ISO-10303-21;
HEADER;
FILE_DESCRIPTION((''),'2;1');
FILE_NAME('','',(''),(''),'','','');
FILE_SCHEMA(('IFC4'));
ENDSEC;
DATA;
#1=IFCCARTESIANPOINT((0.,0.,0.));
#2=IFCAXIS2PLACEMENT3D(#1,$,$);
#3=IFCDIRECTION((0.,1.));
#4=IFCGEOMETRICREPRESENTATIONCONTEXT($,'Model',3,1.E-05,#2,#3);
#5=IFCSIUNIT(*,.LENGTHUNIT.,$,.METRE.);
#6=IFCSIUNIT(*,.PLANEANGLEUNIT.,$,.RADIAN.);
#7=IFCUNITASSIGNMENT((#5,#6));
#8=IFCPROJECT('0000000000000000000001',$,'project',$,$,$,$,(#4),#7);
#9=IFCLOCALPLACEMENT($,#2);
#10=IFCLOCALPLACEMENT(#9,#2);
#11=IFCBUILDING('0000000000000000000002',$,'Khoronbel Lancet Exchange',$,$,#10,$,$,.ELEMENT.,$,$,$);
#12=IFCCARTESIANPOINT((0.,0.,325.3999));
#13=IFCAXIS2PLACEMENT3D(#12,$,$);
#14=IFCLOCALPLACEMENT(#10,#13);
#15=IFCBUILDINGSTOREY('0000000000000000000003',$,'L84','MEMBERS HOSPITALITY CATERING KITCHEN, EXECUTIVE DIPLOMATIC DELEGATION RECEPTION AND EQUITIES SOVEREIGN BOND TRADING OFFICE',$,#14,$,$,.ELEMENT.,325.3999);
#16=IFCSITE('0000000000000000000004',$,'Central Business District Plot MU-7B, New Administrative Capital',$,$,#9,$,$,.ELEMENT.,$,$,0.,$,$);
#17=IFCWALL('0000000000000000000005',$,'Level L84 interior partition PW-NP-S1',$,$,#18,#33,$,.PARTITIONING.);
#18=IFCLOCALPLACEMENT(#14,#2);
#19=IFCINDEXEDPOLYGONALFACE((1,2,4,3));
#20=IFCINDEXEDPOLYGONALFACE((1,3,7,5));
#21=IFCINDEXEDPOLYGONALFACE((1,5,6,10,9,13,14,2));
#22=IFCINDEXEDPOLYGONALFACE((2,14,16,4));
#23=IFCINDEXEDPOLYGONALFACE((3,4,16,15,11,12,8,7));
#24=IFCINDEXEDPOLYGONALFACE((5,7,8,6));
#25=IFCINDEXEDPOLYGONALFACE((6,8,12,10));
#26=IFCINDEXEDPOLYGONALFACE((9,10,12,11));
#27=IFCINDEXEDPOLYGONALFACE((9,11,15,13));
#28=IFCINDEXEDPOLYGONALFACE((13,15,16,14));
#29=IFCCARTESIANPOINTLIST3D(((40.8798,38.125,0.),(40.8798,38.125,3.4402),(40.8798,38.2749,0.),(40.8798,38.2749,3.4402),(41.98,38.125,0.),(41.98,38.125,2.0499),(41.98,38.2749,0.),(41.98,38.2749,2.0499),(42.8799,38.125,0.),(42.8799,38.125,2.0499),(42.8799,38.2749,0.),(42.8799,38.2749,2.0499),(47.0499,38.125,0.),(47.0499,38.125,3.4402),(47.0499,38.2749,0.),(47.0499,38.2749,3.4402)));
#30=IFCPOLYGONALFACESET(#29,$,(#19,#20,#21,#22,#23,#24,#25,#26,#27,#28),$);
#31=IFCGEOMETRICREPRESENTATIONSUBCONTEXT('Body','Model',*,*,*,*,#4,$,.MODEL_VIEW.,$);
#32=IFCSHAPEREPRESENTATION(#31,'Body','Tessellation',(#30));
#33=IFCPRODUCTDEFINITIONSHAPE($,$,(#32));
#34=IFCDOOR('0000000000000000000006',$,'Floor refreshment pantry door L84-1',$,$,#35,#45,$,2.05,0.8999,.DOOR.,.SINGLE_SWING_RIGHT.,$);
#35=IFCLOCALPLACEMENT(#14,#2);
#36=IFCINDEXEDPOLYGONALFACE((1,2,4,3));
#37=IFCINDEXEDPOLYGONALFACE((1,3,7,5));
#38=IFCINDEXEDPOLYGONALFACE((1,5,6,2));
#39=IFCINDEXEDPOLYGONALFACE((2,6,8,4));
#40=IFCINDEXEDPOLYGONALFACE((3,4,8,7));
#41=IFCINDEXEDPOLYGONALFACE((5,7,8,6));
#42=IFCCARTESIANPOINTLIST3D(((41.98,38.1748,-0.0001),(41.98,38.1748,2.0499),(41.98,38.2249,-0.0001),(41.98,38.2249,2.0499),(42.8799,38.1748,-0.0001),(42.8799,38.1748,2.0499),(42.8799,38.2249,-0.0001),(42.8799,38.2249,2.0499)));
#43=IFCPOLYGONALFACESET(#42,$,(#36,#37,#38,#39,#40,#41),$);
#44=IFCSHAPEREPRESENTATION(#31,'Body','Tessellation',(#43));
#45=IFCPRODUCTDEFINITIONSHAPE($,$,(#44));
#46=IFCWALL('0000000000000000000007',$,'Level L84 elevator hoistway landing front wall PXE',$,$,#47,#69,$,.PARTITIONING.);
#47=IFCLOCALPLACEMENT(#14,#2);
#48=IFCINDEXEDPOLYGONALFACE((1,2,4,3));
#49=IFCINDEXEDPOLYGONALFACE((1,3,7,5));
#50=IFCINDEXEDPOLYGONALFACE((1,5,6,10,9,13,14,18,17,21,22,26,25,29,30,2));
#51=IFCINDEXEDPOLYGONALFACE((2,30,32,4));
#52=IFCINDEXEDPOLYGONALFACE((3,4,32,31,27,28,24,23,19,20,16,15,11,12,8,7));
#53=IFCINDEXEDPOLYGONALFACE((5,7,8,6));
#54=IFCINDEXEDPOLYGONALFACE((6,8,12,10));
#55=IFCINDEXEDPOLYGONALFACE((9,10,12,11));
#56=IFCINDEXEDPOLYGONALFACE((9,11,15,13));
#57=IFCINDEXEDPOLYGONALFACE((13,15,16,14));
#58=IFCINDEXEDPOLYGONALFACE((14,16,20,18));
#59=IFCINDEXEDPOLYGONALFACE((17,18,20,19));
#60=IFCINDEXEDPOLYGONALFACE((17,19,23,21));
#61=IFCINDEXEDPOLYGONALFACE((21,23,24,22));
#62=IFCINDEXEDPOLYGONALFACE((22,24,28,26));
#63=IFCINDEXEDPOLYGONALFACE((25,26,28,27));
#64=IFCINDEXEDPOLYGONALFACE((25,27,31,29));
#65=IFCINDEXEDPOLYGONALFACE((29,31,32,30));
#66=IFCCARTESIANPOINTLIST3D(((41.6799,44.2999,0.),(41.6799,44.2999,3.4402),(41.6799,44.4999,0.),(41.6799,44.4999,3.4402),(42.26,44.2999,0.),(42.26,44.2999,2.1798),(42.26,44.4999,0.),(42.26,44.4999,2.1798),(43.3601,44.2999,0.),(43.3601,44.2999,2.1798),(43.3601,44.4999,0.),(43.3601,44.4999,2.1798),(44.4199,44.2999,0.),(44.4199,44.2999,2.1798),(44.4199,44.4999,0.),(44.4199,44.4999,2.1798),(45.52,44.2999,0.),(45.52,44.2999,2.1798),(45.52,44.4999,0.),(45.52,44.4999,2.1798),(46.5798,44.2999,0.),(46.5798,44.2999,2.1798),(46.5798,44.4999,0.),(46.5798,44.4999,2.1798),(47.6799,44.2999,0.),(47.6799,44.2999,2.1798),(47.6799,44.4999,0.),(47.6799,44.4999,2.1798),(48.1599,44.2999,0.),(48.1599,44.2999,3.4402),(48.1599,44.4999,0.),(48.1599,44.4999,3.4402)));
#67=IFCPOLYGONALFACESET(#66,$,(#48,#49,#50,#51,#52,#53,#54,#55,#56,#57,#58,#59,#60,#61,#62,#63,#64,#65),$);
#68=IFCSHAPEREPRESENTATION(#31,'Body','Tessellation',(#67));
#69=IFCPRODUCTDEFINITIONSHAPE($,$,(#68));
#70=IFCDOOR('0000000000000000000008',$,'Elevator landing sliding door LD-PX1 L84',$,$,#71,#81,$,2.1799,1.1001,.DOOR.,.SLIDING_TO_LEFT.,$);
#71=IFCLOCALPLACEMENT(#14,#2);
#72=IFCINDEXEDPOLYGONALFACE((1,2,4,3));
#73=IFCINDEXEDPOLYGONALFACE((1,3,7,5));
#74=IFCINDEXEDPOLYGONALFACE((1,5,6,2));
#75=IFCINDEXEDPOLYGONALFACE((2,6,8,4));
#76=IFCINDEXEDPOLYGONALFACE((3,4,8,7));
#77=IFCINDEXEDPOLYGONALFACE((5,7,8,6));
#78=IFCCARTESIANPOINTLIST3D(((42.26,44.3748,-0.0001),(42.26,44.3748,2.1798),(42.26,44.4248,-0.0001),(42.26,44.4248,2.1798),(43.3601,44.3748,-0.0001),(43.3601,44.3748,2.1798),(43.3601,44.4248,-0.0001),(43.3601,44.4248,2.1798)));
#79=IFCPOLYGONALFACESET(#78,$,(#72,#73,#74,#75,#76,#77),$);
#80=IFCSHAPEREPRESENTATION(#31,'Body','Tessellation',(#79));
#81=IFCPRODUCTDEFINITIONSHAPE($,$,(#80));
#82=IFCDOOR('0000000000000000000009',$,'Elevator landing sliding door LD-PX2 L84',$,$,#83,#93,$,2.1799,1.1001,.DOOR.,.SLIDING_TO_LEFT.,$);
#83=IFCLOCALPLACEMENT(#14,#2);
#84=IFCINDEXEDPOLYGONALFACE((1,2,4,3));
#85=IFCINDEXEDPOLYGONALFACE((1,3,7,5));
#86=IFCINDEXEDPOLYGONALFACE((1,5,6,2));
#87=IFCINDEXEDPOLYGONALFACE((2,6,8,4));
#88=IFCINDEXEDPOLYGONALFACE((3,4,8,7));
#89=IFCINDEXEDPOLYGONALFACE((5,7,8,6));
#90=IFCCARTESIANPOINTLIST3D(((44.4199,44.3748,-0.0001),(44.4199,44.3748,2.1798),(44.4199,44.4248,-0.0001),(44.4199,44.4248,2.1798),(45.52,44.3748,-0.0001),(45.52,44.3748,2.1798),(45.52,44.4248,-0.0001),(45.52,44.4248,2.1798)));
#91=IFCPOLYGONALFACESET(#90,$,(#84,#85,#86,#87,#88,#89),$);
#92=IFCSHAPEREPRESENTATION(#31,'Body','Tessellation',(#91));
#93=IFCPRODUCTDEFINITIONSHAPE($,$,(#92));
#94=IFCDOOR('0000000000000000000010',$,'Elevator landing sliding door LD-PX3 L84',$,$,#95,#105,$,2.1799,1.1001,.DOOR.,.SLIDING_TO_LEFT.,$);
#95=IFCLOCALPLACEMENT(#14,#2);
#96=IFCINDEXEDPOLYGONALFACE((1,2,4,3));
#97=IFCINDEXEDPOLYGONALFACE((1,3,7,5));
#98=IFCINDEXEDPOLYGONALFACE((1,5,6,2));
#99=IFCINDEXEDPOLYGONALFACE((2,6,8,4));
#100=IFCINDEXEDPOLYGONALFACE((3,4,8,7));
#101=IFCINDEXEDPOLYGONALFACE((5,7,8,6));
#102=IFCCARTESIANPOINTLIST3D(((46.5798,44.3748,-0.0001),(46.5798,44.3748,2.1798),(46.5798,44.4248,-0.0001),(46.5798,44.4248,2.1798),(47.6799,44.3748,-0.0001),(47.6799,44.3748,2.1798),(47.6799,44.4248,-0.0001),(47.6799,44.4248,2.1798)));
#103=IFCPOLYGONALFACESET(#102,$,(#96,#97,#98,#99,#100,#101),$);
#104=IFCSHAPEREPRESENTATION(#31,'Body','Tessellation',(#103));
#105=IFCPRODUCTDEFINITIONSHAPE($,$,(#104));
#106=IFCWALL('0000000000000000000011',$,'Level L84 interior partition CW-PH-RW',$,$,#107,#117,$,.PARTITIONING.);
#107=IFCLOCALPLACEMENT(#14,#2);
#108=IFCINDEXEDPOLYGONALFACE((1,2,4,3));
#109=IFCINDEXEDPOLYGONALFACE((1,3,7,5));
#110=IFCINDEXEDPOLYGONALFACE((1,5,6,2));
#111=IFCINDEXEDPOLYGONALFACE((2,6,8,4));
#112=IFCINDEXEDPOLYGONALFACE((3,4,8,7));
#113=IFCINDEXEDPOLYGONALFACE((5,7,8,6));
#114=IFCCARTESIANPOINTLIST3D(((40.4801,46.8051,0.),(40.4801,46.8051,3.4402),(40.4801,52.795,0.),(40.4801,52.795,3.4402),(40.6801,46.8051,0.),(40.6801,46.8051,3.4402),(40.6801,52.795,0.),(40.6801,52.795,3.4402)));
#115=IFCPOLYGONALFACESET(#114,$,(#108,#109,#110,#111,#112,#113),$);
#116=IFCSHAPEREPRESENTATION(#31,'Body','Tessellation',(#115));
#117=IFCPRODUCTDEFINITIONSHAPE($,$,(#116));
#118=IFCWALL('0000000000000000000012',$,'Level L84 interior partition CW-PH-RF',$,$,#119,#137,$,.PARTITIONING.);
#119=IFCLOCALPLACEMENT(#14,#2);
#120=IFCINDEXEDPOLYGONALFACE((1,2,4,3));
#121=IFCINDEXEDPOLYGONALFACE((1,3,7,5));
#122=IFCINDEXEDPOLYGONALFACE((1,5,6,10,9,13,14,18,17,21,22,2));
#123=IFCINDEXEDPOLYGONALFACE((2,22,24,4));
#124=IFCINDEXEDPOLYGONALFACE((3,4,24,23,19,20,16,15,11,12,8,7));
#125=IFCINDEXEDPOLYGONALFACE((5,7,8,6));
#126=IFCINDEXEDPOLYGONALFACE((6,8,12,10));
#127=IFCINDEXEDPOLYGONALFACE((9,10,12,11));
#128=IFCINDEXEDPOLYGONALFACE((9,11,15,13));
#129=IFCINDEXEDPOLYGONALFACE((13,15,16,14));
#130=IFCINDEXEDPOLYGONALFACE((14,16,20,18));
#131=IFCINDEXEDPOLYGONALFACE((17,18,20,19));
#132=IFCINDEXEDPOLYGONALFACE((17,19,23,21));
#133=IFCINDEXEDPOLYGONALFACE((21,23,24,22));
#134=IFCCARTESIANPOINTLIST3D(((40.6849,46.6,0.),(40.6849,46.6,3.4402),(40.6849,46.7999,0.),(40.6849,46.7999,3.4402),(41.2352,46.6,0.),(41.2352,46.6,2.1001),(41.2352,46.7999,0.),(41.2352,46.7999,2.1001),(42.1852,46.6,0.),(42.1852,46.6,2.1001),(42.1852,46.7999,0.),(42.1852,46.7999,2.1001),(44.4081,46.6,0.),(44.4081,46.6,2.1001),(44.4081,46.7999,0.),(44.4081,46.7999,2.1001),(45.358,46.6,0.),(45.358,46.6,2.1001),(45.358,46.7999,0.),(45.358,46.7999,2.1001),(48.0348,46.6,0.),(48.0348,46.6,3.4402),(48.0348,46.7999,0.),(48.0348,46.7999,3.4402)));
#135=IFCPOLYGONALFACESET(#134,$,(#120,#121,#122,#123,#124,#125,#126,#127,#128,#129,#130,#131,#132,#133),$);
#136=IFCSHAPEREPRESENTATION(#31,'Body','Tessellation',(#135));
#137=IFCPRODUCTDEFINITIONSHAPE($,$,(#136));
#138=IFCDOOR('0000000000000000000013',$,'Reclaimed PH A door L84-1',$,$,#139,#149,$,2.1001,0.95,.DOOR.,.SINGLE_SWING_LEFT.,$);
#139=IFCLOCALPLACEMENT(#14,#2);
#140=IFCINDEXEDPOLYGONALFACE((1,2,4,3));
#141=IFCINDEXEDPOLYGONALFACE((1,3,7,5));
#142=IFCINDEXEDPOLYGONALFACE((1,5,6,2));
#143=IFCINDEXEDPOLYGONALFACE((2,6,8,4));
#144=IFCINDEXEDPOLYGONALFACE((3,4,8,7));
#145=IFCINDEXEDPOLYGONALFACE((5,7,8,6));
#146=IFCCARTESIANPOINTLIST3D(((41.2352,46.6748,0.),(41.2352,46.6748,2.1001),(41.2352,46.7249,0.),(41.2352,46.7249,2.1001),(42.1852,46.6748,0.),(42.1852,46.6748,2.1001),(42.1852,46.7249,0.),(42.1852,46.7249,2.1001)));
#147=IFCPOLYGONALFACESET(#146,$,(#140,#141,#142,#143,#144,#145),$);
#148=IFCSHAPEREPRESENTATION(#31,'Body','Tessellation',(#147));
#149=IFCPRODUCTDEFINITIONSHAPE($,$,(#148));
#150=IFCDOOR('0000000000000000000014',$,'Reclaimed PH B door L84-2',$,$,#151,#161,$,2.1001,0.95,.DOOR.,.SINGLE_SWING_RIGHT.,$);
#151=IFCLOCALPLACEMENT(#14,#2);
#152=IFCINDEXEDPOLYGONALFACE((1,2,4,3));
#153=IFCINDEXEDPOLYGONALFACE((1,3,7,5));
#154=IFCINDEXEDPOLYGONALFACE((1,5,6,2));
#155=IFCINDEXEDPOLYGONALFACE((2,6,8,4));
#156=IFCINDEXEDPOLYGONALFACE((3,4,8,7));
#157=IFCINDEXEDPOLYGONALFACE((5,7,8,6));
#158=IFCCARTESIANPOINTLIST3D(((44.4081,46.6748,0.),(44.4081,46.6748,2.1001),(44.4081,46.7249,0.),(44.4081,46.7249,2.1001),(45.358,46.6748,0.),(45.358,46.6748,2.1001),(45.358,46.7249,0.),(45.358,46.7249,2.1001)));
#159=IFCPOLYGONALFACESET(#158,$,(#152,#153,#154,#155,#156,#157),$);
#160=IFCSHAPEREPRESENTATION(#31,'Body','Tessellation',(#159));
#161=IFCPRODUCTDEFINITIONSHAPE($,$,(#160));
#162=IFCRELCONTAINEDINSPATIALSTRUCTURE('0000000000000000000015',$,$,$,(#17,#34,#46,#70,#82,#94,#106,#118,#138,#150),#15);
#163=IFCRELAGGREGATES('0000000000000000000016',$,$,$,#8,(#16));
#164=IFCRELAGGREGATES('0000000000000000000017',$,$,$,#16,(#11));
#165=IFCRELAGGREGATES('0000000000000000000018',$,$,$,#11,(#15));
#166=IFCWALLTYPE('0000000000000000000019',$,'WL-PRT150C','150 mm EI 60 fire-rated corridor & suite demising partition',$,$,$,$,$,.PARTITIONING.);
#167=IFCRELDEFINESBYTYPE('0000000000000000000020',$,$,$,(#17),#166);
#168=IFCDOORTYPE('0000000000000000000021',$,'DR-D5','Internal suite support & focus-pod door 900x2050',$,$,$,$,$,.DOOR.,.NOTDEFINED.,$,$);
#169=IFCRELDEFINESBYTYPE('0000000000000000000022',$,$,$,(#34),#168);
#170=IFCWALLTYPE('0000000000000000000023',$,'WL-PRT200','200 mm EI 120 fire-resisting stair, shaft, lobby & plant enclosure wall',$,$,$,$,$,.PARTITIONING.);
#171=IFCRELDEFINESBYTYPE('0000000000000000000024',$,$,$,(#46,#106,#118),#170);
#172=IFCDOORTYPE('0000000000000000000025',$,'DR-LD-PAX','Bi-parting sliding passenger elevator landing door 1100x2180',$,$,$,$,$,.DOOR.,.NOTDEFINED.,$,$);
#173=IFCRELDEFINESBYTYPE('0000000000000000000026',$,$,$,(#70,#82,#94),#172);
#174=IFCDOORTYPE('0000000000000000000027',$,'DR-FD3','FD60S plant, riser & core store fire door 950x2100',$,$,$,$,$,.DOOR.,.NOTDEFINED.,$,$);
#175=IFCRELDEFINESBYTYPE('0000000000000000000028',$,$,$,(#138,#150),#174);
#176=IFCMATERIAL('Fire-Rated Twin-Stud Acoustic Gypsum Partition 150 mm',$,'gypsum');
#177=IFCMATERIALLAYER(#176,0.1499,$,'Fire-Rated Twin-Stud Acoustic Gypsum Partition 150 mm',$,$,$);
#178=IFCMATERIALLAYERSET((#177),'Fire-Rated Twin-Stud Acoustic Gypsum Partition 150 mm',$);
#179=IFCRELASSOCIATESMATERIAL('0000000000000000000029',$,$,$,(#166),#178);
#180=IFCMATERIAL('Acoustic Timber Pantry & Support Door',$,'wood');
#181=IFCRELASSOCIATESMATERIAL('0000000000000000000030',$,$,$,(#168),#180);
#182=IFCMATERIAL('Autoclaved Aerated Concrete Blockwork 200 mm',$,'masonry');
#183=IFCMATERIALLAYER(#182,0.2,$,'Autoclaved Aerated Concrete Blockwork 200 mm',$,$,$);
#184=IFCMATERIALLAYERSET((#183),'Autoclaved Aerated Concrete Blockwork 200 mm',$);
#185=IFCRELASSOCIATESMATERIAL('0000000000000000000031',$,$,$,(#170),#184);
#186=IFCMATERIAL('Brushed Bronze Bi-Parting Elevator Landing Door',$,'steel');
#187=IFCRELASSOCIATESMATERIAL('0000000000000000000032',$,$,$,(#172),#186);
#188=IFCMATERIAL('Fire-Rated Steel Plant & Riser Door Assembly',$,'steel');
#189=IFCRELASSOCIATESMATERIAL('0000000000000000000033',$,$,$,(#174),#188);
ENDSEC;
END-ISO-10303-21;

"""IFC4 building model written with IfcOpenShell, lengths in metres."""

from ifc_helpers import new_model, si_unit, direction, frame, frame_2d, origin, place, context, subcontext, project, spatial, rectangle, extrude, material, layer, layer_set, type_object, element, fill, save


model = new_model("IFC4")

# Units and contexts
model_context = context("Model", 3, precision=1e-05, world=origin(), true_north=direction((0.0, 1.0)))
body_context = subcontext(model_context, "Body", "Model", "MODEL_VIEW")
ifc_project = project(units=[si_unit("LENGTHUNIT", "METRE"), si_unit("PLANEANGLEUNIT", "RADIAN")], contexts=[model_context])

# Site, building, storey
site_placement = place(None, origin())
site = spatial("IfcSite", under=ifc_project, at=site_placement, Name="Central Business District Plot MU-7B, New Administrative Capital", CompositionType="ELEMENT", RefElevation=0.0)
building_placement = place(site_placement, origin())
building = spatial("IfcBuilding", under=site, at=building_placement, Name="Khoronbel Lancet Exchange", CompositionType="ELEMENT")
storey_placement = place(building_placement, frame((0.0, 0.0, 325.3999)))
storey = spatial("IfcBuildingStorey", under=building, at=storey_placement, Name="L84", Description="MEMBERS HOSPITALITY CATERING KITCHEN, EXECUTIVE DIPLOMATIC DELEGATION RECEPTION AND EQUITIES SOVEREIGN BOND TRADING OFFICE", CompositionType="ELEMENT", Elevation=325.3999)

# Wall, opening, door
ifc_material_1 = material(Name="Fire-Rated Twin-Stud Acoustic Gypsum Partition 150 mm", Category="gypsum")
ifc_layer_1 = layer(ifc_material_1, 0.1499, Name="Fire-Rated Twin-Stud Acoustic Gypsum Partition 150 mm")
ifc_layer_set_1 = layer_set([ifc_layer_1], Name="Fire-Rated Twin-Stud Acoustic Gypsum Partition 150 mm")
wall_type_1 = type_object("IfcWallType", Name="WL-PRT150C", Description="150 mm EI 60 fire-rated corridor & suite demising partition", PredefinedType="PARTITIONING", material=ifc_layer_set_1)
wall_1_placement = place(storey_placement, frame((40.8799, 38.2, 0.0), z_axis=(0.0, 0.0, 1.0), x_axis=(1.0, 0.0, 0.0)))
wall_1 = element("IfcWall", 1, at=wall_1_placement, inside=storey, type_object=wall_type_1, Name="Level L84 interior partition PW-NP-S1", PredefinedType="PARTITIONING", context=body_context, shape_type="SweptSolid", body=[
    extrude(rectangle(XDim=6.1702, YDim=0.1499, at=frame_2d((3.085, 0.0))), origin(), (0.0, 0.0, 1.0), 3.4402),
])
opening_1_placement = place(wall_1_placement, frame((1.1001, 0.0, 0.0)))
opening_1 = element("IfcOpeningElement", 2, at=opening_1_placement, cuts=wall_1, PredefinedType="OPENING", context=body_context, shape_type="SweptSolid", body=[
    extrude(rectangle(XDim=0.8999, YDim=2.05, at=frame_2d((0.45, 1.0249))), frame((0.0, 0.085, 0.0), z_axis=(0.0, -1.0, 0.0), x_axis=(1.0, 0.0, 0.0)), (0.0, 0.0, 1.0), 0.1699),
])
ifc_material_2 = material(Name="Acoustic Timber Pantry & Support Door", Category="wood")
door_type_1 = type_object("IfcDoorType", Name="DR-D5", Description="Internal suite support & focus-pod door 900x2050", OperationType="NOTDEFINED", PredefinedType="DOOR", material=ifc_material_2)
door_1_placement = place(opening_1_placement, origin())
door_1 = element("IfcDoor", 3, at=door_1_placement, inside=storey, type_object=door_type_1, Name="Floor refreshment pantry door L84-1", OperationType="SINGLE_SWING_RIGHT", OverallHeight=2.05, OverallWidth=0.8999, PredefinedType="DOOR", context=body_context, shape_type="SweptSolid", body=[
    extrude(rectangle(XDim=0.8999, YDim=2.05, at=frame_2d((0.45, 1.0249))), frame((0.0, 0.0249, 0.0), z_axis=(0.0, -1.0, 0.0), x_axis=(1.0, 0.0, 0.0)), (0.0, 0.0, 1.0), 0.05),
])
fill(opening_1, door_1)

# Wall, openings, doors
ifc_material_3 = material(Name="Autoclaved Aerated Concrete Blockwork 200 mm", Category="masonry")
ifc_layer_2 = layer(ifc_material_3, 0.2, Name="Autoclaved Aerated Concrete Blockwork 200 mm")
ifc_layer_set_2 = layer_set([ifc_layer_2], Name="Autoclaved Aerated Concrete Blockwork 200 mm")
wall_type_2 = type_object("IfcWallType", Name="WL-PRT200", Description="200 mm EI 120 fire-resisting stair, shaft, lobby & plant enclosure wall", PredefinedType="PARTITIONING", material=ifc_layer_set_2)
wall_2_placement = place(storey_placement, frame((41.6799, 44.3999, 0.0), z_axis=(0.0, 0.0, 1.0), x_axis=(1.0, 0.0, 0.0)))
wall_2 = element("IfcWall", 4, at=wall_2_placement, inside=storey, type_object=wall_type_2, Name="Level L84 elevator hoistway landing front wall PXE", PredefinedType="PARTITIONING", context=body_context, shape_type="SweptSolid", body=[
    extrude(rectangle(XDim=6.48, YDim=0.2, at=frame_2d((3.24, 0.0))), origin(), (0.0, 0.0, 1.0), 3.4402),
])
opening_2_placement = place(wall_2_placement, frame((0.5801, 0.0, 0.0)))
opening_2 = element("IfcOpeningElement", 5, at=opening_2_placement, cuts=wall_2, PredefinedType="OPENING", context=body_context, shape_type="SweptSolid", body=[
    extrude(rectangle(XDim=1.1001, YDim=2.1799, at=frame_2d((0.55, 1.0898))), frame((0.0, 0.1099, 0.0), z_axis=(0.0, -1.0, 0.0), x_axis=(1.0, 0.0, 0.0)), (0.0, 0.0, 1.0), 0.22),
])
opening_3_placement = place(wall_2_placement, frame((2.74, 0.0, 0.0)))
opening_3 = element("IfcOpeningElement", 6, at=opening_3_placement, cuts=wall_2, PredefinedType="OPENING", context=body_context, shape_type="SweptSolid", body=[
    extrude(rectangle(XDim=1.1001, YDim=2.1799, at=frame_2d((0.55, 1.0898))), frame((0.0, 0.1099, 0.0), z_axis=(0.0, -1.0, 0.0), x_axis=(1.0, 0.0, 0.0)), (0.0, 0.0, 1.0), 0.22),
])
opening_4_placement = place(wall_2_placement, frame((4.8999, 0.0, 0.0)))
opening_4 = element("IfcOpeningElement", 7, at=opening_4_placement, cuts=wall_2, PredefinedType="OPENING", context=body_context, shape_type="SweptSolid", body=[
    extrude(rectangle(XDim=1.1001, YDim=2.1799, at=frame_2d((0.55, 1.0898))), frame((0.0, 0.1099, 0.0), z_axis=(0.0, -1.0, 0.0), x_axis=(1.0, 0.0, 0.0)), (0.0, 0.0, 1.0), 0.22),
])
ifc_material_4 = material(Name="Brushed Bronze Bi-Parting Elevator Landing Door", Category="steel")
door_type_2 = type_object("IfcDoorType", Name="DR-LD-PAX", Description="Bi-parting sliding passenger elevator landing door 1100x2180", OperationType="NOTDEFINED", PredefinedType="DOOR", material=ifc_material_4)
door_2_placement = place(opening_2_placement, origin())
door_2 = element("IfcDoor", 8, at=door_2_placement, inside=storey, type_object=door_type_2, Name="Elevator landing sliding door LD-PX1 L84", OperationType="SLIDING_TO_LEFT", OverallHeight=2.1799, OverallWidth=1.1001, PredefinedType="DOOR", context=body_context, shape_type="SweptSolid", body=[
    extrude(rectangle(XDim=1.1001, YDim=2.1799, at=frame_2d((0.55, 1.0898))), frame((0.0, 0.0249, 0.0), z_axis=(0.0, -1.0, 0.0), x_axis=(1.0, 0.0, 0.0)), (0.0, 0.0, 1.0), 0.05),
])
fill(opening_2, door_2)
door_3_placement = place(opening_3_placement, origin())
door_3 = element("IfcDoor", 9, at=door_3_placement, inside=storey, type_object=door_type_2, Name="Elevator landing sliding door LD-PX2 L84", OperationType="SLIDING_TO_LEFT", OverallHeight=2.1799, OverallWidth=1.1001, PredefinedType="DOOR", context=body_context, shape_type="SweptSolid", body=[
    extrude(rectangle(XDim=1.1001, YDim=2.1799, at=frame_2d((0.55, 1.0898))), frame((0.0, 0.0249, 0.0), z_axis=(0.0, -1.0, 0.0), x_axis=(1.0, 0.0, 0.0)), (0.0, 0.0, 1.0), 0.05),
])
fill(opening_3, door_3)
door_4_placement = place(opening_4_placement, origin())
door_4 = element("IfcDoor", 10, at=door_4_placement, inside=storey, type_object=door_type_2, Name="Elevator landing sliding door LD-PX3 L84", OperationType="SLIDING_TO_LEFT", OverallHeight=2.1799, OverallWidth=1.1001, PredefinedType="DOOR", context=body_context, shape_type="SweptSolid", body=[
    extrude(rectangle(XDim=1.1001, YDim=2.1799, at=frame_2d((0.55, 1.0898))), frame((0.0, 0.0249, 0.0), z_axis=(0.0, -1.0, 0.0), x_axis=(1.0, 0.0, 0.0)), (0.0, 0.0, 1.0), 0.05),
])
fill(opening_4, door_4)

# Wall
wall_3_placement = place(storey_placement, frame((40.5801, 46.8049, 0.0), z_axis=(0.0, 0.0, 1.0), x_axis=(0.0, 1.0, 0.0)))
element("IfcWall", 11, at=wall_3_placement, inside=storey, type_object=wall_type_2, Name="Level L84 interior partition CW-PH-RW", PredefinedType="PARTITIONING", context=body_context, shape_type="SweptSolid", body=[
    extrude(rectangle(XDim=5.99, YDim=0.2, at=frame_2d((2.9951, 0.0))), origin(), (0.0, 0.0, 1.0), 3.4402),
])

# Wall, openings, doors
wall_4_placement = place(storey_placement, frame((40.6851, 46.7, 0.0), z_axis=(0.0, 0.0, 1.0), x_axis=(1.0, 0.0, 0.0)))
wall_4 = element("IfcWall", 12, at=wall_4_placement, inside=storey, type_object=wall_type_2, Name="Level L84 interior partition CW-PH-RF", PredefinedType="PARTITIONING", context=body_context, shape_type="SweptSolid", body=[
    extrude(rectangle(XDim=7.3499, YDim=0.2, at=frame_2d((3.6748, 0.0))), origin(), (0.0, 0.0, 1.0), 3.4402),
])
opening_5_placement = place(wall_4_placement, frame((0.55, 0.0, 0.0)))
opening_5 = element("IfcOpeningElement", 13, at=opening_5_placement, cuts=wall_4, PredefinedType="OPENING", context=body_context, shape_type="SweptSolid", body=[
    extrude(rectangle(XDim=0.95, YDim=2.1001, at=frame_2d((0.4751, 1.05))), frame((0.0, 0.1099, 0.0), z_axis=(0.0, -1.0, 0.0), x_axis=(1.0, 0.0, 0.0)), (0.0, 0.0, 1.0), 0.22),
])
opening_6_placement = place(wall_4_placement, frame((3.7229, 0.0, 0.0)))
opening_6 = element("IfcOpeningElement", 14, at=opening_6_placement, cuts=wall_4, PredefinedType="OPENING", context=body_context, shape_type="SweptSolid", body=[
    extrude(rectangle(XDim=0.95, YDim=2.1001, at=frame_2d((0.4751, 1.05))), frame((0.0, 0.1099, 0.0), z_axis=(0.0, -1.0, 0.0), x_axis=(1.0, 0.0, 0.0)), (0.0, 0.0, 1.0), 0.22),
])
ifc_material_5 = material(Name="Fire-Rated Steel Plant & Riser Door Assembly", Category="steel")
door_type_3 = type_object("IfcDoorType", Name="DR-FD3", Description="FD60S plant, riser & core store fire door 950x2100", OperationType="NOTDEFINED", PredefinedType="DOOR", material=ifc_material_5)
door_5_placement = place(opening_5_placement, origin())
door_5 = element("IfcDoor", 15, at=door_5_placement, inside=storey, type_object=door_type_3, Name="Reclaimed PH A door L84-1", OperationType="SINGLE_SWING_LEFT", OverallHeight=2.1001, OverallWidth=0.95, PredefinedType="DOOR", context=body_context, shape_type="SweptSolid", body=[
    extrude(rectangle(XDim=0.95, YDim=2.1001, at=frame_2d((0.4751, 1.05))), frame((0.0, 0.0249, 0.0), z_axis=(0.0, -1.0, 0.0), x_axis=(1.0, 0.0, 0.0)), (0.0, 0.0, 1.0), 0.05),
])
fill(opening_5, door_5)
door_6_placement = place(opening_6_placement, origin())
door_6 = element("IfcDoor", 16, at=door_6_placement, inside=storey, type_object=door_type_3, Name="Reclaimed PH B door L84-2", OperationType="SINGLE_SWING_RIGHT", OverallHeight=2.1001, OverallWidth=0.95, PredefinedType="DOOR", context=body_context, shape_type="SweptSolid", body=[
    extrude(rectangle(XDim=0.95, YDim=2.1001, at=frame_2d((0.4751, 1.05))), frame((0.0, 0.0249, 0.0), z_axis=(0.0, -1.0, 0.0), x_axis=(1.0, 0.0, 0.0)), (0.0, 0.0, 1.0), 0.05),
])
fill(opening_6, door_6)

save(model, "model.ifc")
